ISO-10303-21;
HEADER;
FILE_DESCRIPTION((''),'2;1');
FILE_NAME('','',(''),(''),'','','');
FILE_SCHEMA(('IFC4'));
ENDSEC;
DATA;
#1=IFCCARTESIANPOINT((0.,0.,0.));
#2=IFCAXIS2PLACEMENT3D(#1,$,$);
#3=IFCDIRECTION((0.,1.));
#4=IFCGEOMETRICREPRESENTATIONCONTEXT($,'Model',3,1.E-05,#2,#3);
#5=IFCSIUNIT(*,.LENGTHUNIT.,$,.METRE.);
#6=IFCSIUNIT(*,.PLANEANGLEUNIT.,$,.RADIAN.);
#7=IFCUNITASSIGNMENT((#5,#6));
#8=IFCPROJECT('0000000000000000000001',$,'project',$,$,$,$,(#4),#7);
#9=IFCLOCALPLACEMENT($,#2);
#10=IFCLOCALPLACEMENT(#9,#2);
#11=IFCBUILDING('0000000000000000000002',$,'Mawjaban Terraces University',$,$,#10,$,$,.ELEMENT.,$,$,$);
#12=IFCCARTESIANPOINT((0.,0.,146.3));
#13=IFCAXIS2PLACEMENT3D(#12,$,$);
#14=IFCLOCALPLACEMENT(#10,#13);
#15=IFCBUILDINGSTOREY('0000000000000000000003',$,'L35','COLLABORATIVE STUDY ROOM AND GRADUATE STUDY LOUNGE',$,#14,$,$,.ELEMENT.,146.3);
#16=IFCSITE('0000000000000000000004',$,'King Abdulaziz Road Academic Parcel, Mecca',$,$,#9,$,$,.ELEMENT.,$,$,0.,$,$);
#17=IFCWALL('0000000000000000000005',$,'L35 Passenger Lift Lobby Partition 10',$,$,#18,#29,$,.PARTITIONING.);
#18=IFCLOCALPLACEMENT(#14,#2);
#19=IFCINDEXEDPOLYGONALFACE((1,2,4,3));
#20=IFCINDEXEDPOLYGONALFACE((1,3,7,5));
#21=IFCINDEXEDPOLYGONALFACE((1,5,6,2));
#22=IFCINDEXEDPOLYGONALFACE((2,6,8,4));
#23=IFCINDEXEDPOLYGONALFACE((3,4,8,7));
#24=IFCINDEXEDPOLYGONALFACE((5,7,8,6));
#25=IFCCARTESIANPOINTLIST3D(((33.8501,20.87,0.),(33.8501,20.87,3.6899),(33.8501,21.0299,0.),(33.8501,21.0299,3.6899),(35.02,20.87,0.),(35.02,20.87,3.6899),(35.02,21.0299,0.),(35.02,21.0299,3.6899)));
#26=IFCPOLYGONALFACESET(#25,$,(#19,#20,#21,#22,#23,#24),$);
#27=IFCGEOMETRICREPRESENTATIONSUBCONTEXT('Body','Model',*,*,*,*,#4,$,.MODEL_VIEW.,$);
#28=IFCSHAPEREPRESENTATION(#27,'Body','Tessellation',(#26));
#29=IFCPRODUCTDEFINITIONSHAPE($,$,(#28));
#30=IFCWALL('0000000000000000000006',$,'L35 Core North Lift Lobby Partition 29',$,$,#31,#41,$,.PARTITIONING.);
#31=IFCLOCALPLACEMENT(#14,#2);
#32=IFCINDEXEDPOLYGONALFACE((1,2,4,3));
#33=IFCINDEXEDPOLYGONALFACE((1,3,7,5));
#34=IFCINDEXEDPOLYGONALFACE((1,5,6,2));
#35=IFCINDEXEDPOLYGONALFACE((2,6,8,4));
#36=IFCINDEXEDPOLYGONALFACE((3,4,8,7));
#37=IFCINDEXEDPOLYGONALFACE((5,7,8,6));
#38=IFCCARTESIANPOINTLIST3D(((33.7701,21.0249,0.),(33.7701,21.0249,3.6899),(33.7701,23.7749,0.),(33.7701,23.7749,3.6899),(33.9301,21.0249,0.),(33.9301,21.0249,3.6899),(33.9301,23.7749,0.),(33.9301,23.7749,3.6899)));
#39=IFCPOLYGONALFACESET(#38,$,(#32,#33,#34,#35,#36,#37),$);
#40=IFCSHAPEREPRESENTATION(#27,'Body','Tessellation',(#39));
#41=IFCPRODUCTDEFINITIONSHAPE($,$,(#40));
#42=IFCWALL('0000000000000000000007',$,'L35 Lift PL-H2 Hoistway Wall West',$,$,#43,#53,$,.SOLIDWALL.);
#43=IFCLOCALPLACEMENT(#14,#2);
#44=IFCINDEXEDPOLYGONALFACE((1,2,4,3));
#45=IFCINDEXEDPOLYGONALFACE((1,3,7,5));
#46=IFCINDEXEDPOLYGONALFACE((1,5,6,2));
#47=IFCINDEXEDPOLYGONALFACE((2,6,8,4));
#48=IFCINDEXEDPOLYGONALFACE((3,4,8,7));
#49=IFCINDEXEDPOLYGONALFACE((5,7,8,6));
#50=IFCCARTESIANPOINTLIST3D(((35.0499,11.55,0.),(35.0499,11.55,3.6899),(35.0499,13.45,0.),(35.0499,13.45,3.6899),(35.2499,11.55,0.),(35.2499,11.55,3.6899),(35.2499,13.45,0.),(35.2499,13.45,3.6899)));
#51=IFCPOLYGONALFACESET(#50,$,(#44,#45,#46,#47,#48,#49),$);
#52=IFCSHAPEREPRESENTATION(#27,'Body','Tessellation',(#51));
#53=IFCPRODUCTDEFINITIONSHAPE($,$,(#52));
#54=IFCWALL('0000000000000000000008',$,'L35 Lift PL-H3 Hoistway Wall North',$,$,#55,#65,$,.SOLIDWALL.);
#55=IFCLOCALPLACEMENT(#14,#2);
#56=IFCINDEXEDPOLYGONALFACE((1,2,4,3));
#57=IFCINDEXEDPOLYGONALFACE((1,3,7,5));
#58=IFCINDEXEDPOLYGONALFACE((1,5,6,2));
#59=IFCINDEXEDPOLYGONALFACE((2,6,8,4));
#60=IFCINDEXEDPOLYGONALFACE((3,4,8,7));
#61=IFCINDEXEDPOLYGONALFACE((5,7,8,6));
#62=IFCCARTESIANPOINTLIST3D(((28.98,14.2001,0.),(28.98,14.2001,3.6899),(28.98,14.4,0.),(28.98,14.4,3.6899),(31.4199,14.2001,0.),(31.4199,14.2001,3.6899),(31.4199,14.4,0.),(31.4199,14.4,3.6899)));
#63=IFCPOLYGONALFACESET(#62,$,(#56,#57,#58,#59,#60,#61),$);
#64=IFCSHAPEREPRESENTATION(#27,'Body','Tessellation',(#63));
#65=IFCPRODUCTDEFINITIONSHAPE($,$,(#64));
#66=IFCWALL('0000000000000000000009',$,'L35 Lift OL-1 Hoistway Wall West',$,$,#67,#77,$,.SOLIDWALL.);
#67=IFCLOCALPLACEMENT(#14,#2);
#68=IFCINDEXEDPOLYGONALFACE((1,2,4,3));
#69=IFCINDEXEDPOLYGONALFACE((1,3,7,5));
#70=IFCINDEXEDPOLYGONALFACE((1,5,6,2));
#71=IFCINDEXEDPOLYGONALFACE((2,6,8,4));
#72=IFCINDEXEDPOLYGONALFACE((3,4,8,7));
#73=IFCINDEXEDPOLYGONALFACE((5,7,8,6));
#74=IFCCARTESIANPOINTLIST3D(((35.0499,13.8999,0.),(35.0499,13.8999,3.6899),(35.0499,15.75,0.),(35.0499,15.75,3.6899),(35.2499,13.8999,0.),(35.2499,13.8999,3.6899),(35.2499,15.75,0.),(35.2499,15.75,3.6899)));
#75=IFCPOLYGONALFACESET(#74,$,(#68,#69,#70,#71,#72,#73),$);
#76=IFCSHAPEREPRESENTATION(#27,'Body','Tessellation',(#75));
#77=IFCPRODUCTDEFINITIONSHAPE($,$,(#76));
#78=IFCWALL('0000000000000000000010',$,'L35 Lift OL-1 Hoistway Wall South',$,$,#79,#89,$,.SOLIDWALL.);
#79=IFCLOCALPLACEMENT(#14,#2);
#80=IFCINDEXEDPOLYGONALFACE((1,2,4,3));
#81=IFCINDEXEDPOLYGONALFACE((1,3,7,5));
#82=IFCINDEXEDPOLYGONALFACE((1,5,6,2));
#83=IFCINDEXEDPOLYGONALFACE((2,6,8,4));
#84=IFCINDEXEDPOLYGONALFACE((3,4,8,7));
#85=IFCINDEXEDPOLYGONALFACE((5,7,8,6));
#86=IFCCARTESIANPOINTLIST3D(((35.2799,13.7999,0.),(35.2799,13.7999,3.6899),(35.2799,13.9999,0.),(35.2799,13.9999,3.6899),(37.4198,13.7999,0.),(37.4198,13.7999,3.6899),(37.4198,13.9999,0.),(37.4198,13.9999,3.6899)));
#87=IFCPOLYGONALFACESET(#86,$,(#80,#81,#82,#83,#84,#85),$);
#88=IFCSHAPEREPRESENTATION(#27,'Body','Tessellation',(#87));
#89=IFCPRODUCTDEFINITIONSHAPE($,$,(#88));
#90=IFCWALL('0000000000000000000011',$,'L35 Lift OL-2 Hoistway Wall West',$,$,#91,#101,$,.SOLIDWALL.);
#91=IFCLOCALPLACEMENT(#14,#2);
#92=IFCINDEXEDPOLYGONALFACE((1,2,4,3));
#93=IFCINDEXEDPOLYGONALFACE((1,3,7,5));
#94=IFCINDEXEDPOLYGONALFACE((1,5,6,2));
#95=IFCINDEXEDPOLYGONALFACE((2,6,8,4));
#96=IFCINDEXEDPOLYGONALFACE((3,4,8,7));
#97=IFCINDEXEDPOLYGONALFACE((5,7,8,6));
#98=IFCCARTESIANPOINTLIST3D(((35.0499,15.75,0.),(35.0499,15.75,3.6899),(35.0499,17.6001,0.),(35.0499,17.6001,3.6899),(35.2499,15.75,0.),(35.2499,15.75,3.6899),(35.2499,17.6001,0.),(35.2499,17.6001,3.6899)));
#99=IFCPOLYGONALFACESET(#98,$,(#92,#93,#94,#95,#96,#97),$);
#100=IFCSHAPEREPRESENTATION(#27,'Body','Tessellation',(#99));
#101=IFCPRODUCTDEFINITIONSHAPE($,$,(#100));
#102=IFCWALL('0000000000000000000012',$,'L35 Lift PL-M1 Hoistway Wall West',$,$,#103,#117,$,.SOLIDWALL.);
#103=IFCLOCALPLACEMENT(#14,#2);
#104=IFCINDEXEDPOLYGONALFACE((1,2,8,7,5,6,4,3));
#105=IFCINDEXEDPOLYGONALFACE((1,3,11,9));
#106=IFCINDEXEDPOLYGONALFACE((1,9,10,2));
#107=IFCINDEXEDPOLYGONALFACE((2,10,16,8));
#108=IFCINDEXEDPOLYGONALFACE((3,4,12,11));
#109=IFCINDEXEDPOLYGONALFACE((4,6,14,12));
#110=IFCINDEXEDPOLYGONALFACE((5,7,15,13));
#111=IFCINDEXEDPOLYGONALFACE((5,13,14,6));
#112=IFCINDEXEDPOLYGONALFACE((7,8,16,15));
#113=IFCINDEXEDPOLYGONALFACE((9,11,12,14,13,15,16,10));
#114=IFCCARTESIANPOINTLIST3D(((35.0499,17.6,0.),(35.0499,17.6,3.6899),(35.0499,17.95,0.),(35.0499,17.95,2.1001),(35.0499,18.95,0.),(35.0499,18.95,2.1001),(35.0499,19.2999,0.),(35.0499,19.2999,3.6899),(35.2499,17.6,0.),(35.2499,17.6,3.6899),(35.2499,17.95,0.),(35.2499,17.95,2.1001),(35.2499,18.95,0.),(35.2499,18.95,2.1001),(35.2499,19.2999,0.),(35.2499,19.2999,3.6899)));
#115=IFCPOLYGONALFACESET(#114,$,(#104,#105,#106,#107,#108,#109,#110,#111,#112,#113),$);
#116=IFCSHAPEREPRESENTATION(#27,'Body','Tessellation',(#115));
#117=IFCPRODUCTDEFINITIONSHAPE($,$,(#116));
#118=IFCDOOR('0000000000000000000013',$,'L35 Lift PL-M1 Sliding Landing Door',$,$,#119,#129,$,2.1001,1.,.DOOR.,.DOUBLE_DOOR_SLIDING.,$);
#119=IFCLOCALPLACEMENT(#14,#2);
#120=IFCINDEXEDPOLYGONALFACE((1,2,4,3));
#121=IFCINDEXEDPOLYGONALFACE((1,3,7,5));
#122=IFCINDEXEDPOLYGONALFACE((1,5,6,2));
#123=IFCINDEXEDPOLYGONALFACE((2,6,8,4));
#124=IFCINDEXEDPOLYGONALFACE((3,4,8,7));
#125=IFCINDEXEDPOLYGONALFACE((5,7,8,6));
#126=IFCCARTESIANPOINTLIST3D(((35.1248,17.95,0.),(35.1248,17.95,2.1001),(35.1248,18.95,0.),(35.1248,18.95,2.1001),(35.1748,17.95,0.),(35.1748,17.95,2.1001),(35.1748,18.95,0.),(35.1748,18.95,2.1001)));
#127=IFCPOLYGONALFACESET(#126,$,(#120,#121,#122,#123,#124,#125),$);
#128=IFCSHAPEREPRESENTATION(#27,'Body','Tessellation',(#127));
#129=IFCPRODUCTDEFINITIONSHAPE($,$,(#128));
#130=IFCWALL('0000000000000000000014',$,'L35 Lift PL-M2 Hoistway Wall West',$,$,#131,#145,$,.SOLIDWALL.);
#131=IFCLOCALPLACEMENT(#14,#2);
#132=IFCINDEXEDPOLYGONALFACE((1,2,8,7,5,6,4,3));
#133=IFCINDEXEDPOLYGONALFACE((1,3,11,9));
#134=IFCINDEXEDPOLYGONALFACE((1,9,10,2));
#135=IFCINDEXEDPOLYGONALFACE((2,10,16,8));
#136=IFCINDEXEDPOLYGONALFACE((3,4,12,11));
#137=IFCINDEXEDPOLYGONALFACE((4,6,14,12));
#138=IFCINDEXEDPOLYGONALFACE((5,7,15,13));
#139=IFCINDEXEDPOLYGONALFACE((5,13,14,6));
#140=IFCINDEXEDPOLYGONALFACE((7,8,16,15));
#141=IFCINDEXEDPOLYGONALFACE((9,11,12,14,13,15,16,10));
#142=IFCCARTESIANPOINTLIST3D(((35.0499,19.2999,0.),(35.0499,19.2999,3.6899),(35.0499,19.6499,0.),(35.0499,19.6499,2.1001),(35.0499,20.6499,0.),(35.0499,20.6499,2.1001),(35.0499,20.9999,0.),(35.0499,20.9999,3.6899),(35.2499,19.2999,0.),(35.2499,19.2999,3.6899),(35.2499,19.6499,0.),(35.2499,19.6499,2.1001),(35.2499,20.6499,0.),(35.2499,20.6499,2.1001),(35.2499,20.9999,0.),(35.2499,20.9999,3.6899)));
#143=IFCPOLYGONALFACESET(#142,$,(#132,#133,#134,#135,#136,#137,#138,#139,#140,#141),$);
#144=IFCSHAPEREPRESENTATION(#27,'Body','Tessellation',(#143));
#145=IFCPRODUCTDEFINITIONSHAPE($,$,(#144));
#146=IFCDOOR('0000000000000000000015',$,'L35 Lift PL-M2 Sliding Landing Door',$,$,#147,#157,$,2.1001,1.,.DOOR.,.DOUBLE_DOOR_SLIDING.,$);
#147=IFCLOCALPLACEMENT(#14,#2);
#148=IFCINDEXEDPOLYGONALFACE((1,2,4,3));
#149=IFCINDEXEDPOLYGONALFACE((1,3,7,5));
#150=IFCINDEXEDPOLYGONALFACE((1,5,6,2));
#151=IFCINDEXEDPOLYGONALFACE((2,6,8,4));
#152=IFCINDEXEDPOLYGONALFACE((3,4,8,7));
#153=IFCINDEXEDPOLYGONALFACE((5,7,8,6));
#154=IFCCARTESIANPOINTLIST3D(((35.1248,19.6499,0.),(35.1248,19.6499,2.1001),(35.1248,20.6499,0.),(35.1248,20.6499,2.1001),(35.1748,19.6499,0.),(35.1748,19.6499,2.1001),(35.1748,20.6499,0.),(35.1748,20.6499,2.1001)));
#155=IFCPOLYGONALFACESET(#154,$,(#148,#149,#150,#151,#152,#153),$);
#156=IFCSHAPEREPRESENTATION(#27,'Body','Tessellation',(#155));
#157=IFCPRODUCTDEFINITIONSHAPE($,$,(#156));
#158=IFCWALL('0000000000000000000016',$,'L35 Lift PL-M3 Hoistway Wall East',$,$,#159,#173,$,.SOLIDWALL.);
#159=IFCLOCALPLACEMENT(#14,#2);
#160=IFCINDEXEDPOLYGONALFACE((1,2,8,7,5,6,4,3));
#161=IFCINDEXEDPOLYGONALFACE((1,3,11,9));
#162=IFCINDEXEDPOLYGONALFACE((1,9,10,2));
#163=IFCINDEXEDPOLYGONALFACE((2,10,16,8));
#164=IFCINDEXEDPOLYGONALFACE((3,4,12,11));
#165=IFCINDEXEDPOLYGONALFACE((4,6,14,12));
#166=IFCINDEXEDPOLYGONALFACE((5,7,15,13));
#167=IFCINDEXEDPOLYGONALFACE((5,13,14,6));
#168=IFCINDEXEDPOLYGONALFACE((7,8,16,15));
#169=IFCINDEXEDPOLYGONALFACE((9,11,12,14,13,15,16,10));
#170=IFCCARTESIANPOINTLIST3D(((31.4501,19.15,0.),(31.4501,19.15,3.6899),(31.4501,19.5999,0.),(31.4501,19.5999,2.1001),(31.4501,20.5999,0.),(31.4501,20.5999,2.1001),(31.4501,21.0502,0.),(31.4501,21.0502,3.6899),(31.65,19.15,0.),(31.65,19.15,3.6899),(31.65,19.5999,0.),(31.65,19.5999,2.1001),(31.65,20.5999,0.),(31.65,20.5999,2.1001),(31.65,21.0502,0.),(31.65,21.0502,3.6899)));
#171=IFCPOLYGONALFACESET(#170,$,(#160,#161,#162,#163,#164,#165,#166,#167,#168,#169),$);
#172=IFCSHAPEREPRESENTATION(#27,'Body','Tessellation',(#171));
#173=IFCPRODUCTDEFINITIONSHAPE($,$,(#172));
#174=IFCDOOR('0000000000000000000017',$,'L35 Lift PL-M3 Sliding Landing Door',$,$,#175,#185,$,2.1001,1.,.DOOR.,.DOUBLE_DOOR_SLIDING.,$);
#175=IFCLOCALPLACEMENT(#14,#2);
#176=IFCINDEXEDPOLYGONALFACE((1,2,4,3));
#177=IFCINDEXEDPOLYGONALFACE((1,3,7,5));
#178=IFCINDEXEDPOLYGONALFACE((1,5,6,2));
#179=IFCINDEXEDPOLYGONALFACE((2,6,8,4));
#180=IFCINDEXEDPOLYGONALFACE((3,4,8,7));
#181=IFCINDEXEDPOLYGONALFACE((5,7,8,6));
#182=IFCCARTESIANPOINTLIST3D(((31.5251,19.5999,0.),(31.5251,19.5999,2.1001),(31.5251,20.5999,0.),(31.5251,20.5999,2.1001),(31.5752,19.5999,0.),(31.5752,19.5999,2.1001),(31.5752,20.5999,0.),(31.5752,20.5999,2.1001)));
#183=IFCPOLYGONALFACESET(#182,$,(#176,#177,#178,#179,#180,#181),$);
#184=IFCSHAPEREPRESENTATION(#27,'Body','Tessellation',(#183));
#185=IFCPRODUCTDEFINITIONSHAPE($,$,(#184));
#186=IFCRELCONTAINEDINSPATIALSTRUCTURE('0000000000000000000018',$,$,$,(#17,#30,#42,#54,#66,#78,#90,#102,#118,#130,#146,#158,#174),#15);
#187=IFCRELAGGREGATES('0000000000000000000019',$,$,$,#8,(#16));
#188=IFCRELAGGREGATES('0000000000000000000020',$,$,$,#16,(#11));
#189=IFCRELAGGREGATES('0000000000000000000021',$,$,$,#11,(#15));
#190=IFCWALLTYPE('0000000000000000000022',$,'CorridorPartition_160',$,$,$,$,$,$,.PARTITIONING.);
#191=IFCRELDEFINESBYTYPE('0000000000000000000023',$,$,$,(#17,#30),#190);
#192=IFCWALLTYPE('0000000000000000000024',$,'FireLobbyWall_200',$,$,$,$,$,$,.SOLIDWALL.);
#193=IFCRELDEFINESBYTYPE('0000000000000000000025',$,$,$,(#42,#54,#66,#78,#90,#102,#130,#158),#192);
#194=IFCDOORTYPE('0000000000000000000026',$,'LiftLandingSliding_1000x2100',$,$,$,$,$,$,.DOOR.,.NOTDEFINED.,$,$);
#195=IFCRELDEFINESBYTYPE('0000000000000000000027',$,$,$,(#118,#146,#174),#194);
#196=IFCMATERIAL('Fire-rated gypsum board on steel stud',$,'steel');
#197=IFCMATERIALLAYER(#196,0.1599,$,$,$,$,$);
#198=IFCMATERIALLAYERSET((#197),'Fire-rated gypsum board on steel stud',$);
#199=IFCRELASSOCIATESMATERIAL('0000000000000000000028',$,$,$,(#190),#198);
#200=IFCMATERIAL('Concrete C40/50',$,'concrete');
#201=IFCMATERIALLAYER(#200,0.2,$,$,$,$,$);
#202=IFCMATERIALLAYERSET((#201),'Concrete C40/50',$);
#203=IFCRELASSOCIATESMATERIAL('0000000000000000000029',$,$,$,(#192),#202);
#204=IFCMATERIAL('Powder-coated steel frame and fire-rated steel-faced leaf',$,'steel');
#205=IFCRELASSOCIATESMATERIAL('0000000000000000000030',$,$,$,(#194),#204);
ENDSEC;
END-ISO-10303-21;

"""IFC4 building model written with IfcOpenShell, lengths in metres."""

from ifc_helpers import new_model, si_unit, direction, frame, frame_2d, origin, place, context, subcontext, project, spatial, rectangle, extrude, material, layer, layer_set, type_object, element, fill, save


model = new_model("IFC4")

# Units and contexts
model_context = context("Model", 3, precision=1e-05, world=origin(), true_north=direction((0.0, 1.0)))
body_context = subcontext(model_context, "Body", "Model", "MODEL_VIEW")
ifc_project = project(units=[si_unit("LENGTHUNIT", "METRE"), si_unit("PLANEANGLEUNIT", "RADIAN")], contexts=[model_context])

# Site, building, storey
site_placement = place(None, origin())
site = spatial("IfcSite", under=ifc_project, at=site_placement, Name="King Abdulaziz Road Academic Parcel, Mecca", CompositionType="ELEMENT", RefElevation=0.0)
building_placement = place(site_placement, origin())
building = spatial("IfcBuilding", under=site, at=building_placement, Name="Mawjaban Terraces University", CompositionType="ELEMENT")
storey_placement = place(building_placement, frame((0.0, 0.0, 146.3)))
storey = spatial("IfcBuildingStorey", under=building, at=storey_placement, Name="L35", Description="COLLABORATIVE STUDY ROOM AND GRADUATE STUDY LOUNGE", CompositionType="ELEMENT", Elevation=146.3)

# Walls
ifc_material_1 = material(Name="Fire-rated gypsum board on steel stud", Category="steel")
ifc_layer_1 = layer(ifc_material_1, 0.1599)
ifc_layer_set_1 = layer_set([ifc_layer_1], Name="Fire-rated gypsum board on steel stud")
wall_type_1 = type_object("IfcWallType", Name="CorridorPartition_160", PredefinedType="PARTITIONING", material=ifc_layer_set_1)
wall_1_placement = place(storey_placement, frame((35.02, 20.95, 0.0), z_axis=(0.0, 0.0, 1.0), x_axis=(-1.0, 0.0, 0.0)))
element("IfcWall", 1, at=wall_1_placement, inside=storey, type_object=wall_type_1, Name="L35 Passenger Lift Lobby Partition 10", PredefinedType="PARTITIONING", context=body_context, shape_type="SweptSolid", body=[
    extrude(rectangle(XDim=1.1699, YDim=0.1599, at=frame_2d((0.585, 0.0))), origin(), (0.0, 0.0, 1.0), 3.6899),
])
wall_2_placement = place(storey_placement, frame((33.8501, 21.0249, 0.0), z_axis=(0.0, 0.0, 1.0), x_axis=(0.0, 1.0, 0.0)))
element("IfcWall", 2, at=wall_2_placement, inside=storey, type_object=wall_type_1, Name="L35 Core North Lift Lobby Partition 29", PredefinedType="PARTITIONING", context=body_context, shape_type="SweptSolid", body=[
    extrude(rectangle(XDim=2.75, YDim=0.1599, at=frame_2d((1.375, 0.0))), origin(), (0.0, 0.0, 1.0), 3.6899),
])
ifc_material_2 = material(Name="Concrete C40/50", Category="concrete")
ifc_layer_2 = layer(ifc_material_2, 0.2)
ifc_layer_set_2 = layer_set([ifc_layer_2], Name="Concrete C40/50")
wall_type_2 = type_object("IfcWallType", Name="FireLobbyWall_200", PredefinedType="SOLIDWALL", material=ifc_layer_set_2)
wall_3_placement = place(storey_placement, frame((35.1499, 13.45, 0.0), z_axis=(0.0, 0.0, 1.0), x_axis=(0.0, -1.0, 0.0)))
element("IfcWall", 3, at=wall_3_placement, inside=storey, type_object=wall_type_2, Name="L35 Lift PL-H2 Hoistway Wall West", PredefinedType="SOLIDWALL", context=body_context, shape_type="SweptSolid", body=[
    extrude(rectangle(XDim=1.8999, YDim=0.2, at=frame_2d((0.95, 0.0))), origin(), (0.0, 0.0, 1.0), 3.6899),
])
wall_4_placement = place(storey_placement, frame((31.4199, 14.3, 0.0), z_axis=(0.0, 0.0, 1.0), x_axis=(-1.0, 0.0, 0.0)))
element("IfcWall", 4, at=wall_4_placement, inside=storey, type_object=wall_type_2, Name="L35 Lift PL-H3 Hoistway Wall North", PredefinedType="SOLIDWALL", context=body_context, shape_type="SweptSolid", body=[
    extrude(rectangle(XDim=2.4399, YDim=0.2, at=frame_2d((1.22, 0.0))), origin(), (0.0, 0.0, 1.0), 3.6899),
])
wall_5_placement = place(storey_placement, frame((35.1499, 15.75, 0.0), z_axis=(0.0, 0.0, 1.0), x_axis=(0.0, -1.0, 0.0)))
element("IfcWall", 5, at=wall_5_placement, inside=storey, type_object=wall_type_2, Name="L35 Lift OL-1 Hoistway Wall West", PredefinedType="SOLIDWALL", context=body_context, shape_type="SweptSolid", body=[
    extrude(rectangle(XDim=1.8501, YDim=0.2, at=frame_2d((0.925, 0.0))), origin(), (0.0, 0.0, 1.0), 3.6899),
])
wall_6_placement = place(storey_placement, frame((35.28, 13.8999, 0.0), z_axis=(0.0, 0.0, 1.0), x_axis=(1.0, 0.0, 0.0)))
element("IfcWall", 6, at=wall_6_placement, inside=storey, type_object=wall_type_2, Name="L35 Lift OL-1 Hoistway Wall South", PredefinedType="SOLIDWALL", context=body_context, shape_type="SweptSolid", body=[
    extrude(rectangle(XDim=2.1399, YDim=0.2, at=frame_2d((1.0698, 0.0))), origin(), (0.0, 0.0, 1.0), 3.6899),
])
wall_7_placement = place(storey_placement, frame((35.1499, 17.6001, 0.0), z_axis=(0.0, 0.0, 1.0), x_axis=(0.0, -1.0, 0.0)))
element("IfcWall", 7, at=wall_7_placement, inside=storey, type_object=wall_type_2, Name="L35 Lift OL-2 Hoistway Wall West", PredefinedType="SOLIDWALL", context=body_context, shape_type="SweptSolid", body=[
    extrude(rectangle(XDim=1.8501, YDim=0.2, at=frame_2d((0.925, 0.0))), origin(), (0.0, 0.0, 1.0), 3.6899),
])

# Walls, openings, doors
wall_8_placement = place(storey_placement, frame((35.1499, 19.3, 0.0), z_axis=(0.0, 0.0, 1.0), x_axis=(0.0, -1.0, 0.0)))
wall_8 = element("IfcWall", 8, at=wall_8_placement, inside=storey, type_object=wall_type_2, Name="L35 Lift PL-M1 Hoistway Wall West", PredefinedType="SOLIDWALL", context=body_context, shape_type="SweptSolid", body=[
    extrude(rectangle(XDim=1.7, YDim=0.2, at=frame_2d((0.8501, 0.0))), origin(), (0.0, 0.0, 1.0), 3.6899),
])
opening_1_placement = place(wall_8_placement, frame((0.3501, 0.0, 0.0)))
opening_1 = element("IfcOpeningElement", 9, at=opening_1_placement, cuts=wall_8, PredefinedType="OPENING", context=body_context, shape_type="SweptSolid", body=[
    extrude(rectangle(XDim=1.0, YDim=2.1001, at=frame_2d((0.5, 1.05))), frame((0.0, 0.1099, 0.0), z_axis=(0.0, -1.0, 0.0), x_axis=(1.0, 0.0, 0.0)), (0.0, 0.0, 1.0), 0.22),
])
ifc_material_3 = material(Name="Powder-coated steel frame and fire-rated steel-faced leaf", Category="steel")
door_type_1 = type_object("IfcDoorType", Name="LiftLandingSliding_1000x2100", OperationType="NOTDEFINED", PredefinedType="DOOR", material=ifc_material_3)
door_1_placement = place(opening_1_placement, origin())
door_1 = element("IfcDoor", 10, at=door_1_placement, inside=storey, type_object=door_type_1, Name="L35 Lift PL-M1 Sliding Landing Door", OperationType="DOUBLE_DOOR_SLIDING", OverallHeight=2.1001, OverallWidth=1.0, PredefinedType="DOOR", context=body_context, shape_type="SweptSolid", body=[
    extrude(rectangle(XDim=1.0, YDim=2.1001, at=frame_2d((0.5, 1.05))), frame((0.0, 0.0249, 0.0), z_axis=(0.0, -1.0, 0.0), x_axis=(1.0, 0.0, 0.0)), (0.0, 0.0, 1.0), 0.05),
])
fill(opening_1, door_1)
wall_9_placement = place(storey_placement, frame((35.1499, 21.0, 0.0), z_axis=(0.0, 0.0, 1.0), x_axis=(0.0, -1.0, 0.0)))
wall_9 = element("IfcWall", 11, at=wall_9_placement, inside=storey, type_object=wall_type_2, Name="L35 Lift PL-M2 Hoistway Wall West", PredefinedType="SOLIDWALL", context=body_context, shape_type="SweptSolid", body=[
    extrude(rectangle(XDim=1.7, YDim=0.2, at=frame_2d((0.8501, 0.0))), origin(), (0.0, 0.0, 1.0), 3.6899),
])
opening_2_placement = place(wall_9_placement, frame((0.3501, 0.0, 0.0)))
opening_2 = element("IfcOpeningElement", 12, at=opening_2_placement, cuts=wall_9, PredefinedType="OPENING", context=body_context, shape_type="SweptSolid", body=[
    extrude(rectangle(XDim=1.0, YDim=2.1001, at=frame_2d((0.5, 1.05))), frame((0.0, 0.1099, 0.0), z_axis=(0.0, -1.0, 0.0), x_axis=(1.0, 0.0, 0.0)), (0.0, 0.0, 1.0), 0.22),
])
door_2_placement = place(opening_2_placement, origin())
door_2 = element("IfcDoor", 13, at=door_2_placement, inside=storey, type_object=door_type_1, Name="L35 Lift PL-M2 Sliding Landing Door", OperationType="DOUBLE_DOOR_SLIDING", OverallHeight=2.1001, OverallWidth=1.0, PredefinedType="DOOR", context=body_context, shape_type="SweptSolid", body=[
    extrude(rectangle(XDim=1.0, YDim=2.1001, at=frame_2d((0.5, 1.05))), frame((0.0, 0.0249, 0.0), z_axis=(0.0, -1.0, 0.0), x_axis=(1.0, 0.0, 0.0)), (0.0, 0.0, 1.0), 0.05),
])
fill(opening_2, door_2)
wall_10_placement = place(storey_placement, frame((31.55, 19.1499, 0.0), z_axis=(0.0, 0.0, 1.0), x_axis=(0.0, 1.0, 0.0)))
wall_10 = element("IfcWall", 14, at=wall_10_placement, inside=storey, type_object=wall_type_2, Name="L35 Lift PL-M3 Hoistway Wall East", PredefinedType="SOLIDWALL", context=body_context, shape_type="SweptSolid", body=[
    extrude(rectangle(XDim=1.9001, YDim=0.2, at=frame_2d((0.9502, 0.0))), origin(), (0.0, 0.0, 1.0), 3.6899),
])
opening_3_placement = place(wall_10_placement, frame((0.45, 0.0, 0.0)))
opening_3 = element("IfcOpeningElement", 15, at=opening_3_placement, cuts=wall_10, PredefinedType="OPENING", context=body_context, shape_type="SweptSolid", body=[
    extrude(rectangle(XDim=1.0, YDim=2.1001, at=frame_2d((0.5, 1.05))), frame((0.0, 0.1099, 0.0), z_axis=(0.0, -1.0, 0.0), x_axis=(1.0, 0.0, 0.0)), (0.0, 0.0, 1.0), 0.22),
])
door_3_placement = place(opening_3_placement, origin())
door_3 = element("IfcDoor", 16, at=door_3_placement, inside=storey, type_object=door_type_1, Name="L35 Lift PL-M3 Sliding Landing Door", OperationType="DOUBLE_DOOR_SLIDING", OverallHeight=2.1001, OverallWidth=1.0, PredefinedType="DOOR", context=body_context, shape_type="SweptSolid", body=[
    extrude(rectangle(XDim=1.0, YDim=2.1001, at=frame_2d((0.5, 1.05))), frame((0.0, 0.0249, 0.0), z_axis=(0.0, -1.0, 0.0), x_axis=(1.0, 0.0, 0.0)), (0.0, 0.0, 1.0), 0.05),
])
fill(opening_3, door_3)

save(model, "model.ifc")
